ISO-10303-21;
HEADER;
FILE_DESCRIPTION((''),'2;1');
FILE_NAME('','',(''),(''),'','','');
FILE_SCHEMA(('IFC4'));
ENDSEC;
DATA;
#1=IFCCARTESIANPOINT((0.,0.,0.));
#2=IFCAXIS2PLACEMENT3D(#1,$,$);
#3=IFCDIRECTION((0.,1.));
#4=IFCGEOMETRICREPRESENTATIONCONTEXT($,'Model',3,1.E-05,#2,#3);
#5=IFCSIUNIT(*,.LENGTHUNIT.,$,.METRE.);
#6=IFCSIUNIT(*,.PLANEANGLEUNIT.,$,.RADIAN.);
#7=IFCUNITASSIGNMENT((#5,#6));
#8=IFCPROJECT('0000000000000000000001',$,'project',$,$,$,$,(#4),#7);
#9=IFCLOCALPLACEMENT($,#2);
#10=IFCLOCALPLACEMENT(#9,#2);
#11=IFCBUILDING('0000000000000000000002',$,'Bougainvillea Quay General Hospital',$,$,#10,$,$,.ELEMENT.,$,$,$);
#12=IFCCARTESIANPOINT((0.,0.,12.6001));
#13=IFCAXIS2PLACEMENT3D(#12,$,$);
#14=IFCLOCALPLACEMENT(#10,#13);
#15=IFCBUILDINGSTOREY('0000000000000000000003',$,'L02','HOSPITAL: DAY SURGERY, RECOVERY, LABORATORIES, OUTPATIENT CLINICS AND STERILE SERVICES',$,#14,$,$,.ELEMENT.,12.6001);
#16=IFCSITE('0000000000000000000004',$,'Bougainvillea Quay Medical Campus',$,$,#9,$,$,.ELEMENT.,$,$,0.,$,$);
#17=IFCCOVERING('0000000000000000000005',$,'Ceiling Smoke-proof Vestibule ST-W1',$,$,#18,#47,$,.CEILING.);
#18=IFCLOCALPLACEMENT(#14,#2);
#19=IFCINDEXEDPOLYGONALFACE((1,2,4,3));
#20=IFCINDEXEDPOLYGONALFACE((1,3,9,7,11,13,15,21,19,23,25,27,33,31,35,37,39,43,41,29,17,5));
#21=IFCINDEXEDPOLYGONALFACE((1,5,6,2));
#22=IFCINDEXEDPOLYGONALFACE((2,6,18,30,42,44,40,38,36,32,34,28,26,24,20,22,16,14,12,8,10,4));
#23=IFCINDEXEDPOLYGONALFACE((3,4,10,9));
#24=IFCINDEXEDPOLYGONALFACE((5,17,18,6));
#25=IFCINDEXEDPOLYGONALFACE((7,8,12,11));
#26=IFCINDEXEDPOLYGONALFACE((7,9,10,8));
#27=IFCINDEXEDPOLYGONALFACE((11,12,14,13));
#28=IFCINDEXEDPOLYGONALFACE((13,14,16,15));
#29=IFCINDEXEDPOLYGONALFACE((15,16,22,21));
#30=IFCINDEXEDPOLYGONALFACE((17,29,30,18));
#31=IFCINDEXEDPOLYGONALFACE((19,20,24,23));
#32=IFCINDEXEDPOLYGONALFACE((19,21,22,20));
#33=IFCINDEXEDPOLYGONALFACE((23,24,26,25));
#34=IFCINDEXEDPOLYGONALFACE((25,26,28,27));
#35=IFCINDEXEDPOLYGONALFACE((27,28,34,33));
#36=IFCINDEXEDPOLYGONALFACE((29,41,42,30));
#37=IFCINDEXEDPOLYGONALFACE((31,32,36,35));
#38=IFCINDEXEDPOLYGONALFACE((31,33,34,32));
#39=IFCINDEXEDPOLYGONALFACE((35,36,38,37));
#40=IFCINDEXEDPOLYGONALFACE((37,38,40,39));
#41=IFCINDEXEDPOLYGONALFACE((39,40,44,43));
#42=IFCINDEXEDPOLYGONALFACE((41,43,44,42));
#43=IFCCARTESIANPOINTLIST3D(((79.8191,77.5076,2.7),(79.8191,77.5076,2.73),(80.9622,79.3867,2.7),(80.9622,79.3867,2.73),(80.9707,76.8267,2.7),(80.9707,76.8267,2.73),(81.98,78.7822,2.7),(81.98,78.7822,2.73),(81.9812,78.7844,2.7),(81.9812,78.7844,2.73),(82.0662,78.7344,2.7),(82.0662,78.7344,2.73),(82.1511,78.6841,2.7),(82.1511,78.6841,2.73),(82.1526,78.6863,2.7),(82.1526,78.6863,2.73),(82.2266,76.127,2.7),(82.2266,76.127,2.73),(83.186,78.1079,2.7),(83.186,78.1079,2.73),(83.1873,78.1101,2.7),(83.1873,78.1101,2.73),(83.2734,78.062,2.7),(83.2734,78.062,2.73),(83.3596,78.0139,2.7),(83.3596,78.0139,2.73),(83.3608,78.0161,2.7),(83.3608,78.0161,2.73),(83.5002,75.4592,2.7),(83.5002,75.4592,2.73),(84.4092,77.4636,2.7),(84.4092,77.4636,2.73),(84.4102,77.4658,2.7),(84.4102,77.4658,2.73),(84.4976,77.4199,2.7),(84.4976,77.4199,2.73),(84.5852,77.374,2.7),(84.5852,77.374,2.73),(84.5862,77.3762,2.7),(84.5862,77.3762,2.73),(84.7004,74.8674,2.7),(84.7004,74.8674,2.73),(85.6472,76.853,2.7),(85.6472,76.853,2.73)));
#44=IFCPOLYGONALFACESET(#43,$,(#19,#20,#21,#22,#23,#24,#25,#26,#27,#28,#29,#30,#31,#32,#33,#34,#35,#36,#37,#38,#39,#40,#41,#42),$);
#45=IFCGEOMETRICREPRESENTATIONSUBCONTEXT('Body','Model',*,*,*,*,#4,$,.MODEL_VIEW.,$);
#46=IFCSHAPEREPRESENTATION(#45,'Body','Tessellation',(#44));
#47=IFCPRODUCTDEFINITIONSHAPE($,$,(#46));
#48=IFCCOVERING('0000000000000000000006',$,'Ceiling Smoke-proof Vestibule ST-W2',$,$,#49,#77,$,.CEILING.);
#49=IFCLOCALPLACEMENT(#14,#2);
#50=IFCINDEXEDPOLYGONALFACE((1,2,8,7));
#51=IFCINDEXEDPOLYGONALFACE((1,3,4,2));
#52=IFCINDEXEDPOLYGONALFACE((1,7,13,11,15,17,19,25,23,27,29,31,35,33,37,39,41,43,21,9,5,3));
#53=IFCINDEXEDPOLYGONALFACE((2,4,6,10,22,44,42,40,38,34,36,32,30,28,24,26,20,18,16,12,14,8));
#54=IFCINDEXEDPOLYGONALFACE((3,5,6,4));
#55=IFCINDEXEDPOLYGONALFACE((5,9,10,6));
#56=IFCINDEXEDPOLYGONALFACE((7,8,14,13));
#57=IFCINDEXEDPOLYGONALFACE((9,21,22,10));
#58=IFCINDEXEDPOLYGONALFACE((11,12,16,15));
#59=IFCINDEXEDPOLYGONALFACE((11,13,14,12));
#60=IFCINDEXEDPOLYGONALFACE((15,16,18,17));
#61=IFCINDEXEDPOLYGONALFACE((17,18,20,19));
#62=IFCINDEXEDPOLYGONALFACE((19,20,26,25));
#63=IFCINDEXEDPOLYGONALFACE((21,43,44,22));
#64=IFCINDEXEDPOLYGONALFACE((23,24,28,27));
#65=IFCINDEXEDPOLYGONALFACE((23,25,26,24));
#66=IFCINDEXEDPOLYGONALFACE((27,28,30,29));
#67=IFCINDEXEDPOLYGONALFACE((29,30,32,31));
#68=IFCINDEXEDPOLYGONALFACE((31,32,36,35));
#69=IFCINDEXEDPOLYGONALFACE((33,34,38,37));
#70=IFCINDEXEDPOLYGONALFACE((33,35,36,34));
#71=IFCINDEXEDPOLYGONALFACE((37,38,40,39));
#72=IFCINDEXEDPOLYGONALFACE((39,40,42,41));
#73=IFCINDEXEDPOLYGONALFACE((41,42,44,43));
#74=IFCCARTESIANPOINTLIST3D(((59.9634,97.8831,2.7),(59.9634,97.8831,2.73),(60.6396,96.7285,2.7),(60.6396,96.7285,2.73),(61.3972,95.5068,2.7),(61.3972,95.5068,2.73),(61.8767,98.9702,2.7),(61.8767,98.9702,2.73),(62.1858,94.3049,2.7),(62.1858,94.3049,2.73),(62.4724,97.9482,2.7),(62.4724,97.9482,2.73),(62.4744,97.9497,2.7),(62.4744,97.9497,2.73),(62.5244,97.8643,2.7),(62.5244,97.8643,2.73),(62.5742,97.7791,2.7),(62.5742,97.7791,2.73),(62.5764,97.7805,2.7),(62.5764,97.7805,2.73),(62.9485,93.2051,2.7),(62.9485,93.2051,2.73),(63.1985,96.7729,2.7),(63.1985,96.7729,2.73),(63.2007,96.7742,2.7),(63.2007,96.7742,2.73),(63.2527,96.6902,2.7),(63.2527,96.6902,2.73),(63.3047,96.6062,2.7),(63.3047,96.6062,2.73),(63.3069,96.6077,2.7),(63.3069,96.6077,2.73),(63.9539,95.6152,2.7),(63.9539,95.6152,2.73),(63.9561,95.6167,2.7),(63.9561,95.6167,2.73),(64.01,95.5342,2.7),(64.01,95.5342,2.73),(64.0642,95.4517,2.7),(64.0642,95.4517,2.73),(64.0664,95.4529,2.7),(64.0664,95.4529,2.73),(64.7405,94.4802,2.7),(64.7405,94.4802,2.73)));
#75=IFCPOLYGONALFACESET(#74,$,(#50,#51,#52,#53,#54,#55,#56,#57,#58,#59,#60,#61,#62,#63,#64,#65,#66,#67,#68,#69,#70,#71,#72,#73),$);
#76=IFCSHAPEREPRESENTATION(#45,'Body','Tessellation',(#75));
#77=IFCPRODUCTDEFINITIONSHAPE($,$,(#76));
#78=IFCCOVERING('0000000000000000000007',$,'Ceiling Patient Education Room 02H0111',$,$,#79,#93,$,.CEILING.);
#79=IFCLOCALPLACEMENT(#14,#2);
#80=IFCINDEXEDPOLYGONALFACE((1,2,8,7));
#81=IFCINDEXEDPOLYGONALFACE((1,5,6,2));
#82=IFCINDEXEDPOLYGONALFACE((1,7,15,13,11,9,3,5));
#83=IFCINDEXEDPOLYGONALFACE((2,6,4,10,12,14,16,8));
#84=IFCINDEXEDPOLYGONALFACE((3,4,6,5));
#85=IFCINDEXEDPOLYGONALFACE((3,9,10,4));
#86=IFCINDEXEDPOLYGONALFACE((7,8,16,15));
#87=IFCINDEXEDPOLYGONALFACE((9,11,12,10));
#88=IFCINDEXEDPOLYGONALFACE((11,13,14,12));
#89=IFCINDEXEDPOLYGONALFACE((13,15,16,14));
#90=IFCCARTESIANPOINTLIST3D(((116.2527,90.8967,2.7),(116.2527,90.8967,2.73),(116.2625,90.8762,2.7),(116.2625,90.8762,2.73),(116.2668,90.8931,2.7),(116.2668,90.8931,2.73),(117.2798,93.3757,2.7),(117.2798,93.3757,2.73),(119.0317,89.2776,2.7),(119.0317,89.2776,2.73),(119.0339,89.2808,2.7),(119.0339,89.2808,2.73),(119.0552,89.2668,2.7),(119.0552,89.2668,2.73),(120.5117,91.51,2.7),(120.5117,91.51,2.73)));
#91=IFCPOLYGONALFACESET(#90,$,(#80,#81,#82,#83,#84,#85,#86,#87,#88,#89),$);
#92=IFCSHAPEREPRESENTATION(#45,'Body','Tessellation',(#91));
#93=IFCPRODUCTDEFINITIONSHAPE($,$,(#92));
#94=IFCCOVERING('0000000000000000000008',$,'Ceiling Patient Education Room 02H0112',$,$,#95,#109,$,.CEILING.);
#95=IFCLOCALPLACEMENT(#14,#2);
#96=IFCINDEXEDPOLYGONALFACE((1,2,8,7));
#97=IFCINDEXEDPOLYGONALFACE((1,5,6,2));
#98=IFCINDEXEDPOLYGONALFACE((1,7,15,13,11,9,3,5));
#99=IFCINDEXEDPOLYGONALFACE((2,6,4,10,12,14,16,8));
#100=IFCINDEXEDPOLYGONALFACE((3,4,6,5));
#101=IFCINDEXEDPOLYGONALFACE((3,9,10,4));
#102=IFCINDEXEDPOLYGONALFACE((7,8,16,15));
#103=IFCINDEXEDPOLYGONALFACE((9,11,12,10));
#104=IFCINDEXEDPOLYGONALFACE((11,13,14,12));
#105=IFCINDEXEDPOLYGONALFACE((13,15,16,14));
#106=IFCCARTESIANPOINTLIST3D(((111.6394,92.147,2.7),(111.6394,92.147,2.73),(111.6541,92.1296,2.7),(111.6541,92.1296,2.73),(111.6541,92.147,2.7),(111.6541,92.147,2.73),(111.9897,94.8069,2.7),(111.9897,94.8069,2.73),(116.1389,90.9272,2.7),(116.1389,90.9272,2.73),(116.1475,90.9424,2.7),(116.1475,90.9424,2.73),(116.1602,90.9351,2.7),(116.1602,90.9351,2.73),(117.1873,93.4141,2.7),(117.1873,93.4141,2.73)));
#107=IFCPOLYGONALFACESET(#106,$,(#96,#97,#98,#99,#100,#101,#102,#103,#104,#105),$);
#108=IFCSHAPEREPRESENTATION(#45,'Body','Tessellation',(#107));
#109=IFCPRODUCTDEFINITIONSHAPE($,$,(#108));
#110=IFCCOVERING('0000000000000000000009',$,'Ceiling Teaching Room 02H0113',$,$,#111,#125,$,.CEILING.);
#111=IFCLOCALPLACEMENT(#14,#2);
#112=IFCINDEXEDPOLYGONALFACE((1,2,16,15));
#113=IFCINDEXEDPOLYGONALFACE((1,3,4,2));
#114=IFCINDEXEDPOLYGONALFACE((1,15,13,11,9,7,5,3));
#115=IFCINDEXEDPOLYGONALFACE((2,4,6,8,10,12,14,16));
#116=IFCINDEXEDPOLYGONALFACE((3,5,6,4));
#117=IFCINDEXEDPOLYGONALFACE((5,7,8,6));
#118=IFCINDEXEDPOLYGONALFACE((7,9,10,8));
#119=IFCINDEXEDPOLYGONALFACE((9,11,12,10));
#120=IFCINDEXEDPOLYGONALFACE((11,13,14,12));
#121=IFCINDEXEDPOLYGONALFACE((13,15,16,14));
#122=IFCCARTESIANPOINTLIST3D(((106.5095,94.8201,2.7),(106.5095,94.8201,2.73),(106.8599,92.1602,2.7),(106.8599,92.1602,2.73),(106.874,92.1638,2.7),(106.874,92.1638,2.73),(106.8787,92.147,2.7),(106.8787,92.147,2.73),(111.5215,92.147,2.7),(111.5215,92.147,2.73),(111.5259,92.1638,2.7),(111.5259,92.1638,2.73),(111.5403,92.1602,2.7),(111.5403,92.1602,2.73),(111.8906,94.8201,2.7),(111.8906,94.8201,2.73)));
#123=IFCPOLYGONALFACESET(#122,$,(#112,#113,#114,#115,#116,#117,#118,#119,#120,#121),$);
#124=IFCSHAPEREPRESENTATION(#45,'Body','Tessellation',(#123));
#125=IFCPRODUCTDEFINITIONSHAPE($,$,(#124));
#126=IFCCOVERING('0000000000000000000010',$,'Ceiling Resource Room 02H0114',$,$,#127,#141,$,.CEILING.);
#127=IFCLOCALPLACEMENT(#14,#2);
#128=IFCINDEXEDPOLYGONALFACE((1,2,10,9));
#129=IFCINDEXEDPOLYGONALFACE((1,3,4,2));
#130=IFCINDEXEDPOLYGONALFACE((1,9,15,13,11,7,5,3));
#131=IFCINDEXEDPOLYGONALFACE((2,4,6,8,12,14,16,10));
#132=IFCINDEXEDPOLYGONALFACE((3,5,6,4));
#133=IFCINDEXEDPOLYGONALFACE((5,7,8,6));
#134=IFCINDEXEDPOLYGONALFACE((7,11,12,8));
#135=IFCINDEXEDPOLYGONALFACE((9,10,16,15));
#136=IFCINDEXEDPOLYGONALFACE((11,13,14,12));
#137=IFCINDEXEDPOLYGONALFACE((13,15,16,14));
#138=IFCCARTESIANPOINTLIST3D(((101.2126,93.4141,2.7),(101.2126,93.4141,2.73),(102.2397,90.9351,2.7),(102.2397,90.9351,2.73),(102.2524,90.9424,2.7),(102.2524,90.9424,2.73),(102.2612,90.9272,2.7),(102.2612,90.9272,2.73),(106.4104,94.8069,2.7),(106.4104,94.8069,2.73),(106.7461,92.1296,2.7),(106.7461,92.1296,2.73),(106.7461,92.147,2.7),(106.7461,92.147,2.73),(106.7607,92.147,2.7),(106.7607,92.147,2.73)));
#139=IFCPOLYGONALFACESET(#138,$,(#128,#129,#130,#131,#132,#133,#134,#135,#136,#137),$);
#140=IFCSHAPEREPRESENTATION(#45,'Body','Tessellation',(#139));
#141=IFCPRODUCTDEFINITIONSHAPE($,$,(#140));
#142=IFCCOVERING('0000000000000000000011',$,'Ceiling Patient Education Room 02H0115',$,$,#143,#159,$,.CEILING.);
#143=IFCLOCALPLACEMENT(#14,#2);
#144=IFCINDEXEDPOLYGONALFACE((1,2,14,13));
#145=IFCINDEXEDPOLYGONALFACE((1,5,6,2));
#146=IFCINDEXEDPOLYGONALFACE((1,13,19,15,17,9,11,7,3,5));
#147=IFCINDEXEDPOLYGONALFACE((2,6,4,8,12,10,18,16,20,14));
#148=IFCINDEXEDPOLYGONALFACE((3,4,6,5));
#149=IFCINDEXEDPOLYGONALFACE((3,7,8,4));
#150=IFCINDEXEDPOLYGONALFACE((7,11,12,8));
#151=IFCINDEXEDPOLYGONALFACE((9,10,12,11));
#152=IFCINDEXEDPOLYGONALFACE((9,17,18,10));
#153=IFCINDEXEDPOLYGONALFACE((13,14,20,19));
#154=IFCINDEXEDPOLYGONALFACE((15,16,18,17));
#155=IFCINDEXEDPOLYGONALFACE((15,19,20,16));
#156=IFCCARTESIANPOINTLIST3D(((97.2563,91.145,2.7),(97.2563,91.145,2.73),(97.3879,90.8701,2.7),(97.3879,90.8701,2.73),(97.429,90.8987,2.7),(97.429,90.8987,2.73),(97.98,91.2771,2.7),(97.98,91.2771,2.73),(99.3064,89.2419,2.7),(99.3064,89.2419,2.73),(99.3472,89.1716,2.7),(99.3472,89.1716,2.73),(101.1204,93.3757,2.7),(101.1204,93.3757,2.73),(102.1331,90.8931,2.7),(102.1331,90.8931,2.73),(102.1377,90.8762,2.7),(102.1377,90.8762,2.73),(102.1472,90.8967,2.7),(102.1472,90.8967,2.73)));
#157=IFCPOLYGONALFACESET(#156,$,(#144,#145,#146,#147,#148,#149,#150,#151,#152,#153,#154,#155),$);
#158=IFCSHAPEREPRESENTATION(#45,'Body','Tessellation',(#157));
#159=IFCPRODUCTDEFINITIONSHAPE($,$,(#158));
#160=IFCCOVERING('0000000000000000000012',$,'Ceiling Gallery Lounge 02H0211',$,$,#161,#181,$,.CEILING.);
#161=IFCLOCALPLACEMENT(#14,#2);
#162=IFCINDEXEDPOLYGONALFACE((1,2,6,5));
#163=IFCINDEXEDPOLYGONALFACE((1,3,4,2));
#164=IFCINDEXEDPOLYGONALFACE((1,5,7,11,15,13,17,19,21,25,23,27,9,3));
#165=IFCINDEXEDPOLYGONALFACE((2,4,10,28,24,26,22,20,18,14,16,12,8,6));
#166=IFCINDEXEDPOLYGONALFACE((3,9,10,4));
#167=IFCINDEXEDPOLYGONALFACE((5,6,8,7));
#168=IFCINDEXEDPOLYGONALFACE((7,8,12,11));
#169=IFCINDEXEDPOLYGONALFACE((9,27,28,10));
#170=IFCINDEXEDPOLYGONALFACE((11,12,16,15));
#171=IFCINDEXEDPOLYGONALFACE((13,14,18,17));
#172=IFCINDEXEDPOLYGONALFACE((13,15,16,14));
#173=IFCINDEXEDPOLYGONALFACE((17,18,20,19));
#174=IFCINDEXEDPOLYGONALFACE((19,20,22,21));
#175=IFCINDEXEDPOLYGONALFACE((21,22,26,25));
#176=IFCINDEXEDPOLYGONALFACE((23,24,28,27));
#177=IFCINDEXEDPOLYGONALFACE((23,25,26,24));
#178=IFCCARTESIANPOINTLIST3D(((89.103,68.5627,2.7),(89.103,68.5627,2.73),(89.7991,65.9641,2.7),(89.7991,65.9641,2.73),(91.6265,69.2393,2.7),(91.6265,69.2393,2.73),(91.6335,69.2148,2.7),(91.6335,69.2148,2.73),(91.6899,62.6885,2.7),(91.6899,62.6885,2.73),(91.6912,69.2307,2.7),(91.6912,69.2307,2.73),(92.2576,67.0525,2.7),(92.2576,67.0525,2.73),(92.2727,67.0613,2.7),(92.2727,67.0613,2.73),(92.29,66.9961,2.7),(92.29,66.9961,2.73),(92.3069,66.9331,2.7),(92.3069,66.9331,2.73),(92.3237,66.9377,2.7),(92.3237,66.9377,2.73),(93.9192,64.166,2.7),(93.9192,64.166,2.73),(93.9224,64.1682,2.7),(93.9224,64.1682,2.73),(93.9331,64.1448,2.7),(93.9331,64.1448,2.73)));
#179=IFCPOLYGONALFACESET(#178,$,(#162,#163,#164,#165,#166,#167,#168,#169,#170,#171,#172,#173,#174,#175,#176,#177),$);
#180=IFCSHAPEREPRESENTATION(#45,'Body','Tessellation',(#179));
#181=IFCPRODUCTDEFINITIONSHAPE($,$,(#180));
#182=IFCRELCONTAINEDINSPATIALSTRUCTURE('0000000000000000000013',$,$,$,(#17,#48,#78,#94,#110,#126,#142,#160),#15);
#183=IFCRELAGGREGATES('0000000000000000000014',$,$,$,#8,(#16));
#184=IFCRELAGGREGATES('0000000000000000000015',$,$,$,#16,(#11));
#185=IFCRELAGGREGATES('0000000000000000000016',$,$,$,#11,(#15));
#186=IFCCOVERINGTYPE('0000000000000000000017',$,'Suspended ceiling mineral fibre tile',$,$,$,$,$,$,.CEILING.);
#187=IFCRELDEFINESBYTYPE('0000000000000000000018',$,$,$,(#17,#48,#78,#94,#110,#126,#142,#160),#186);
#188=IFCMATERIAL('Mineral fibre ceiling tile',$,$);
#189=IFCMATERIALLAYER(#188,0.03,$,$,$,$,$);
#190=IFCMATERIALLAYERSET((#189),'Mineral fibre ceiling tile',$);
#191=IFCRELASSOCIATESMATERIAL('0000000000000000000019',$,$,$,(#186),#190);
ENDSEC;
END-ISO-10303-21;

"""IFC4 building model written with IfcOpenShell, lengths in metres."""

from ifc_helpers import new_model, si_unit, direction, frame, origin, place, context, subcontext, project, spatial, polyline, outline, extrude, material, layer, layer_set, type_object, element, save


model = new_model("IFC4")

# Units and contexts
model_context = context("Model", 3, precision=1e-05, world=origin(), true_north=direction((0.0, 1.0)))
body_context = subcontext(model_context, "Body", "Model", "MODEL_VIEW")
ifc_project = project(units=[si_unit("LENGTHUNIT", "METRE"), si_unit("PLANEANGLEUNIT", "RADIAN")], contexts=[model_context])

# Site, building, storey
site_placement = place(None, origin())
site = spatial("IfcSite", under=ifc_project, at=site_placement, Name="Bougainvillea Quay Medical Campus", CompositionType="ELEMENT", RefElevation=0.0)
building_placement = place(site_placement, origin())
building = spatial("IfcBuilding", under=site, at=building_placement, Name="Bougainvillea Quay General Hospital", CompositionType="ELEMENT")
storey_placement = place(building_placement, frame((0.0, 0.0, 12.6001)))
storey = spatial("IfcBuildingStorey", under=building, at=storey_placement, Name="L02", Description="HOSPITAL: DAY SURGERY, RECOVERY, LABORATORIES, OUTPATIENT CLINICS AND STERILE SERVICES", CompositionType="ELEMENT", Elevation=12.6001)

# Coverings
ifc_material = material(Name="Mineral fibre ceiling tile")
ifc_layer = layer(ifc_material, 0.03)
ifc_layer_set = layer_set([ifc_layer], Name="Mineral fibre ceiling tile")
covering_type = type_object("IfcCoveringType", Name="Suspended ceiling mineral fibre tile", PredefinedType="CEILING", material=ifc_layer_set)
covering_1_placement = place(storey_placement, frame((0.0, 0.0, 2.7)))
element("IfcCovering", 1, at=covering_1_placement, inside=storey, type_object=covering_type, Name="Ceiling Smoke-proof Vestibule ST-W1", PredefinedType="CEILING", context=body_context, shape_type="SweptSolid", body=[
    extrude(outline(polyline([(85.6472, 76.853), (84.5862, 77.3762), (84.5852, 77.374), (84.4976, 77.4199), (84.4092, 77.4636), (84.4102, 77.4658), (83.3608, 78.0161), (83.3596, 78.0139), (83.2734, 78.062), (83.186, 78.1079), (83.1873, 78.1101), (82.1526, 78.6863), (82.1511, 78.6841), (82.0662, 78.7344), (81.98, 78.7822), (81.9812, 78.7844), (80.9622, 79.3867), (79.8191, 77.5076), (80.9707, 76.8267), (82.2266, 76.127), (83.5002, 75.4592), (84.7004, 74.8674), (85.6472, 76.853)])), origin(), (0.0, 0.0, 1.0), 0.03),
])
covering_2_placement = place(storey_placement, frame((0.0, 0.0, 2.7)))
element("IfcCovering", 2, at=covering_2_placement, inside=storey, type_object=covering_type, Name="Ceiling Smoke-proof Vestibule ST-W2", PredefinedType="CEILING", context=body_context, shape_type="SweptSolid", body=[
    extrude(outline(polyline([(63.9539, 95.6152), (63.9561, 95.6167), (63.3069, 96.6077), (63.3047, 96.6062), (63.2527, 96.6902), (63.1985, 96.7729), (63.2007, 96.7742), (62.5764, 97.7805), (62.5742, 97.7791), (62.5244, 97.8643), (62.4724, 97.9482), (62.4744, 97.9497), (61.8767, 98.9702), (59.9634, 97.8831), (60.6396, 96.7285), (61.3972, 95.5068), (62.1858, 94.3049), (62.9485, 93.2051), (64.7405, 94.4802), (64.0664, 95.4529), (64.0642, 95.4517), (64.01, 95.5342), (63.9539, 95.6152)])), origin(), (0.0, 0.0, 1.0), 0.03),
])
covering_3_placement = place(storey_placement, frame((0.0, 0.0, 2.7)))
element("IfcCovering", 3, at=covering_3_placement, inside=storey, type_object=covering_type, Name="Ceiling Patient Education Room 02H0111", PredefinedType="CEILING", context=body_context, shape_type="SweptSolid", body=[
    extrude(outline(polyline([(117.2798, 93.3757), (116.2527, 90.8967), (116.2668, 90.8931), (116.2625, 90.8762), (119.0317, 89.2776), (119.0339, 89.2808), (119.0552, 89.2668), (120.5117, 91.51), (117.2798, 93.3757)])), origin(), (0.0, 0.0, 1.0), 0.03),
])
covering_4_placement = place(storey_placement, frame((0.0, 0.0, 2.7)))
element("IfcCovering", 4, at=covering_4_placement, inside=storey, type_object=covering_type, Name="Ceiling Patient Education Room 02H0112", PredefinedType="CEILING", context=body_context, shape_type="SweptSolid", body=[
    extrude(outline(polyline([(111.9897, 94.8069), (111.6394, 92.147), (111.6541, 92.147), (111.6541, 92.1296), (116.1389, 90.9272), (116.1475, 90.9424), (116.1602, 90.9351), (117.1873, 93.4141), (111.9897, 94.8069)])), origin(), (0.0, 0.0, 1.0), 0.03),
])
covering_5_placement = place(storey_placement, frame((0.0, 0.0, 2.7)))
element("IfcCovering", 5, at=covering_5_placement, inside=storey, type_object=covering_type, Name="Ceiling Teaching Room 02H0113", PredefinedType="CEILING", context=body_context, shape_type="SweptSolid", body=[
    extrude(outline(polyline([(106.5095, 94.8201), (106.8599, 92.1602), (106.874, 92.1638), (106.8787, 92.147), (111.5215, 92.147), (111.5259, 92.1638), (111.5403, 92.1602), (111.8906, 94.8201), (106.5095, 94.8201)])), origin(), (0.0, 0.0, 1.0), 0.03),
])
covering_6_placement = place(storey_placement, frame((0.0, 0.0, 2.7)))
element("IfcCovering", 6, at=covering_6_placement, inside=storey, type_object=covering_type, Name="Ceiling Resource Room 02H0114", PredefinedType="CEILING", context=body_context, shape_type="SweptSolid", body=[
    extrude(outline(polyline([(101.2126, 93.4141), (102.2397, 90.9351), (102.2524, 90.9424), (102.2612, 90.9272), (106.7461, 92.1296), (106.7461, 92.147), (106.7607, 92.147), (106.4104, 94.8069), (101.2126, 93.4141)])), origin(), (0.0, 0.0, 1.0), 0.03),
])
covering_7_placement = place(storey_placement, frame((0.0, 0.0, 2.7)))
element("IfcCovering", 7, at=covering_7_placement, inside=storey, type_object=covering_type, Name="Ceiling Patient Education Room 02H0115", PredefinedType="CEILING", context=body_context, shape_type="SweptSolid", body=[
    extrude(outline(polyline([(99.3472, 89.1716), (99.3064, 89.2419), (102.1377, 90.8762), (102.1331, 90.8931), (102.1472, 90.8967), (101.1204, 93.3757), (97.2563, 91.145), (97.429, 90.8987), (97.3879, 90.8701), (97.98, 91.2771), (99.3472, 89.1716)])), origin(), (0.0, 0.0, 1.0), 0.03),
])
covering_8_placement = place(storey_placement, frame((0.0, 0.0, 2.7)))
element("IfcCovering", 8, at=covering_8_placement, inside=storey, type_object=covering_type, Name="Ceiling Gallery Lounge 02H0211", PredefinedType="CEILING", context=body_context, shape_type="SweptSolid", body=[
    extrude(outline(polyline([(89.7991, 65.9641), (91.6899, 62.6885), (93.9331, 64.1448), (93.9192, 64.166), (93.9224, 64.1682), (92.3237, 66.9377), (92.3069, 66.9331), (92.29, 66.9961), (92.2576, 67.0525), (92.2727, 67.0613), (91.6912, 69.2307), (91.6335, 69.2148), (91.6265, 69.2393), (89.103, 68.5627), (89.0901, 68.6111), (89.7991, 65.9641)])), origin(), (0.0, 0.0, 1.0), 0.03),
])

save(model, "model.ifc")
